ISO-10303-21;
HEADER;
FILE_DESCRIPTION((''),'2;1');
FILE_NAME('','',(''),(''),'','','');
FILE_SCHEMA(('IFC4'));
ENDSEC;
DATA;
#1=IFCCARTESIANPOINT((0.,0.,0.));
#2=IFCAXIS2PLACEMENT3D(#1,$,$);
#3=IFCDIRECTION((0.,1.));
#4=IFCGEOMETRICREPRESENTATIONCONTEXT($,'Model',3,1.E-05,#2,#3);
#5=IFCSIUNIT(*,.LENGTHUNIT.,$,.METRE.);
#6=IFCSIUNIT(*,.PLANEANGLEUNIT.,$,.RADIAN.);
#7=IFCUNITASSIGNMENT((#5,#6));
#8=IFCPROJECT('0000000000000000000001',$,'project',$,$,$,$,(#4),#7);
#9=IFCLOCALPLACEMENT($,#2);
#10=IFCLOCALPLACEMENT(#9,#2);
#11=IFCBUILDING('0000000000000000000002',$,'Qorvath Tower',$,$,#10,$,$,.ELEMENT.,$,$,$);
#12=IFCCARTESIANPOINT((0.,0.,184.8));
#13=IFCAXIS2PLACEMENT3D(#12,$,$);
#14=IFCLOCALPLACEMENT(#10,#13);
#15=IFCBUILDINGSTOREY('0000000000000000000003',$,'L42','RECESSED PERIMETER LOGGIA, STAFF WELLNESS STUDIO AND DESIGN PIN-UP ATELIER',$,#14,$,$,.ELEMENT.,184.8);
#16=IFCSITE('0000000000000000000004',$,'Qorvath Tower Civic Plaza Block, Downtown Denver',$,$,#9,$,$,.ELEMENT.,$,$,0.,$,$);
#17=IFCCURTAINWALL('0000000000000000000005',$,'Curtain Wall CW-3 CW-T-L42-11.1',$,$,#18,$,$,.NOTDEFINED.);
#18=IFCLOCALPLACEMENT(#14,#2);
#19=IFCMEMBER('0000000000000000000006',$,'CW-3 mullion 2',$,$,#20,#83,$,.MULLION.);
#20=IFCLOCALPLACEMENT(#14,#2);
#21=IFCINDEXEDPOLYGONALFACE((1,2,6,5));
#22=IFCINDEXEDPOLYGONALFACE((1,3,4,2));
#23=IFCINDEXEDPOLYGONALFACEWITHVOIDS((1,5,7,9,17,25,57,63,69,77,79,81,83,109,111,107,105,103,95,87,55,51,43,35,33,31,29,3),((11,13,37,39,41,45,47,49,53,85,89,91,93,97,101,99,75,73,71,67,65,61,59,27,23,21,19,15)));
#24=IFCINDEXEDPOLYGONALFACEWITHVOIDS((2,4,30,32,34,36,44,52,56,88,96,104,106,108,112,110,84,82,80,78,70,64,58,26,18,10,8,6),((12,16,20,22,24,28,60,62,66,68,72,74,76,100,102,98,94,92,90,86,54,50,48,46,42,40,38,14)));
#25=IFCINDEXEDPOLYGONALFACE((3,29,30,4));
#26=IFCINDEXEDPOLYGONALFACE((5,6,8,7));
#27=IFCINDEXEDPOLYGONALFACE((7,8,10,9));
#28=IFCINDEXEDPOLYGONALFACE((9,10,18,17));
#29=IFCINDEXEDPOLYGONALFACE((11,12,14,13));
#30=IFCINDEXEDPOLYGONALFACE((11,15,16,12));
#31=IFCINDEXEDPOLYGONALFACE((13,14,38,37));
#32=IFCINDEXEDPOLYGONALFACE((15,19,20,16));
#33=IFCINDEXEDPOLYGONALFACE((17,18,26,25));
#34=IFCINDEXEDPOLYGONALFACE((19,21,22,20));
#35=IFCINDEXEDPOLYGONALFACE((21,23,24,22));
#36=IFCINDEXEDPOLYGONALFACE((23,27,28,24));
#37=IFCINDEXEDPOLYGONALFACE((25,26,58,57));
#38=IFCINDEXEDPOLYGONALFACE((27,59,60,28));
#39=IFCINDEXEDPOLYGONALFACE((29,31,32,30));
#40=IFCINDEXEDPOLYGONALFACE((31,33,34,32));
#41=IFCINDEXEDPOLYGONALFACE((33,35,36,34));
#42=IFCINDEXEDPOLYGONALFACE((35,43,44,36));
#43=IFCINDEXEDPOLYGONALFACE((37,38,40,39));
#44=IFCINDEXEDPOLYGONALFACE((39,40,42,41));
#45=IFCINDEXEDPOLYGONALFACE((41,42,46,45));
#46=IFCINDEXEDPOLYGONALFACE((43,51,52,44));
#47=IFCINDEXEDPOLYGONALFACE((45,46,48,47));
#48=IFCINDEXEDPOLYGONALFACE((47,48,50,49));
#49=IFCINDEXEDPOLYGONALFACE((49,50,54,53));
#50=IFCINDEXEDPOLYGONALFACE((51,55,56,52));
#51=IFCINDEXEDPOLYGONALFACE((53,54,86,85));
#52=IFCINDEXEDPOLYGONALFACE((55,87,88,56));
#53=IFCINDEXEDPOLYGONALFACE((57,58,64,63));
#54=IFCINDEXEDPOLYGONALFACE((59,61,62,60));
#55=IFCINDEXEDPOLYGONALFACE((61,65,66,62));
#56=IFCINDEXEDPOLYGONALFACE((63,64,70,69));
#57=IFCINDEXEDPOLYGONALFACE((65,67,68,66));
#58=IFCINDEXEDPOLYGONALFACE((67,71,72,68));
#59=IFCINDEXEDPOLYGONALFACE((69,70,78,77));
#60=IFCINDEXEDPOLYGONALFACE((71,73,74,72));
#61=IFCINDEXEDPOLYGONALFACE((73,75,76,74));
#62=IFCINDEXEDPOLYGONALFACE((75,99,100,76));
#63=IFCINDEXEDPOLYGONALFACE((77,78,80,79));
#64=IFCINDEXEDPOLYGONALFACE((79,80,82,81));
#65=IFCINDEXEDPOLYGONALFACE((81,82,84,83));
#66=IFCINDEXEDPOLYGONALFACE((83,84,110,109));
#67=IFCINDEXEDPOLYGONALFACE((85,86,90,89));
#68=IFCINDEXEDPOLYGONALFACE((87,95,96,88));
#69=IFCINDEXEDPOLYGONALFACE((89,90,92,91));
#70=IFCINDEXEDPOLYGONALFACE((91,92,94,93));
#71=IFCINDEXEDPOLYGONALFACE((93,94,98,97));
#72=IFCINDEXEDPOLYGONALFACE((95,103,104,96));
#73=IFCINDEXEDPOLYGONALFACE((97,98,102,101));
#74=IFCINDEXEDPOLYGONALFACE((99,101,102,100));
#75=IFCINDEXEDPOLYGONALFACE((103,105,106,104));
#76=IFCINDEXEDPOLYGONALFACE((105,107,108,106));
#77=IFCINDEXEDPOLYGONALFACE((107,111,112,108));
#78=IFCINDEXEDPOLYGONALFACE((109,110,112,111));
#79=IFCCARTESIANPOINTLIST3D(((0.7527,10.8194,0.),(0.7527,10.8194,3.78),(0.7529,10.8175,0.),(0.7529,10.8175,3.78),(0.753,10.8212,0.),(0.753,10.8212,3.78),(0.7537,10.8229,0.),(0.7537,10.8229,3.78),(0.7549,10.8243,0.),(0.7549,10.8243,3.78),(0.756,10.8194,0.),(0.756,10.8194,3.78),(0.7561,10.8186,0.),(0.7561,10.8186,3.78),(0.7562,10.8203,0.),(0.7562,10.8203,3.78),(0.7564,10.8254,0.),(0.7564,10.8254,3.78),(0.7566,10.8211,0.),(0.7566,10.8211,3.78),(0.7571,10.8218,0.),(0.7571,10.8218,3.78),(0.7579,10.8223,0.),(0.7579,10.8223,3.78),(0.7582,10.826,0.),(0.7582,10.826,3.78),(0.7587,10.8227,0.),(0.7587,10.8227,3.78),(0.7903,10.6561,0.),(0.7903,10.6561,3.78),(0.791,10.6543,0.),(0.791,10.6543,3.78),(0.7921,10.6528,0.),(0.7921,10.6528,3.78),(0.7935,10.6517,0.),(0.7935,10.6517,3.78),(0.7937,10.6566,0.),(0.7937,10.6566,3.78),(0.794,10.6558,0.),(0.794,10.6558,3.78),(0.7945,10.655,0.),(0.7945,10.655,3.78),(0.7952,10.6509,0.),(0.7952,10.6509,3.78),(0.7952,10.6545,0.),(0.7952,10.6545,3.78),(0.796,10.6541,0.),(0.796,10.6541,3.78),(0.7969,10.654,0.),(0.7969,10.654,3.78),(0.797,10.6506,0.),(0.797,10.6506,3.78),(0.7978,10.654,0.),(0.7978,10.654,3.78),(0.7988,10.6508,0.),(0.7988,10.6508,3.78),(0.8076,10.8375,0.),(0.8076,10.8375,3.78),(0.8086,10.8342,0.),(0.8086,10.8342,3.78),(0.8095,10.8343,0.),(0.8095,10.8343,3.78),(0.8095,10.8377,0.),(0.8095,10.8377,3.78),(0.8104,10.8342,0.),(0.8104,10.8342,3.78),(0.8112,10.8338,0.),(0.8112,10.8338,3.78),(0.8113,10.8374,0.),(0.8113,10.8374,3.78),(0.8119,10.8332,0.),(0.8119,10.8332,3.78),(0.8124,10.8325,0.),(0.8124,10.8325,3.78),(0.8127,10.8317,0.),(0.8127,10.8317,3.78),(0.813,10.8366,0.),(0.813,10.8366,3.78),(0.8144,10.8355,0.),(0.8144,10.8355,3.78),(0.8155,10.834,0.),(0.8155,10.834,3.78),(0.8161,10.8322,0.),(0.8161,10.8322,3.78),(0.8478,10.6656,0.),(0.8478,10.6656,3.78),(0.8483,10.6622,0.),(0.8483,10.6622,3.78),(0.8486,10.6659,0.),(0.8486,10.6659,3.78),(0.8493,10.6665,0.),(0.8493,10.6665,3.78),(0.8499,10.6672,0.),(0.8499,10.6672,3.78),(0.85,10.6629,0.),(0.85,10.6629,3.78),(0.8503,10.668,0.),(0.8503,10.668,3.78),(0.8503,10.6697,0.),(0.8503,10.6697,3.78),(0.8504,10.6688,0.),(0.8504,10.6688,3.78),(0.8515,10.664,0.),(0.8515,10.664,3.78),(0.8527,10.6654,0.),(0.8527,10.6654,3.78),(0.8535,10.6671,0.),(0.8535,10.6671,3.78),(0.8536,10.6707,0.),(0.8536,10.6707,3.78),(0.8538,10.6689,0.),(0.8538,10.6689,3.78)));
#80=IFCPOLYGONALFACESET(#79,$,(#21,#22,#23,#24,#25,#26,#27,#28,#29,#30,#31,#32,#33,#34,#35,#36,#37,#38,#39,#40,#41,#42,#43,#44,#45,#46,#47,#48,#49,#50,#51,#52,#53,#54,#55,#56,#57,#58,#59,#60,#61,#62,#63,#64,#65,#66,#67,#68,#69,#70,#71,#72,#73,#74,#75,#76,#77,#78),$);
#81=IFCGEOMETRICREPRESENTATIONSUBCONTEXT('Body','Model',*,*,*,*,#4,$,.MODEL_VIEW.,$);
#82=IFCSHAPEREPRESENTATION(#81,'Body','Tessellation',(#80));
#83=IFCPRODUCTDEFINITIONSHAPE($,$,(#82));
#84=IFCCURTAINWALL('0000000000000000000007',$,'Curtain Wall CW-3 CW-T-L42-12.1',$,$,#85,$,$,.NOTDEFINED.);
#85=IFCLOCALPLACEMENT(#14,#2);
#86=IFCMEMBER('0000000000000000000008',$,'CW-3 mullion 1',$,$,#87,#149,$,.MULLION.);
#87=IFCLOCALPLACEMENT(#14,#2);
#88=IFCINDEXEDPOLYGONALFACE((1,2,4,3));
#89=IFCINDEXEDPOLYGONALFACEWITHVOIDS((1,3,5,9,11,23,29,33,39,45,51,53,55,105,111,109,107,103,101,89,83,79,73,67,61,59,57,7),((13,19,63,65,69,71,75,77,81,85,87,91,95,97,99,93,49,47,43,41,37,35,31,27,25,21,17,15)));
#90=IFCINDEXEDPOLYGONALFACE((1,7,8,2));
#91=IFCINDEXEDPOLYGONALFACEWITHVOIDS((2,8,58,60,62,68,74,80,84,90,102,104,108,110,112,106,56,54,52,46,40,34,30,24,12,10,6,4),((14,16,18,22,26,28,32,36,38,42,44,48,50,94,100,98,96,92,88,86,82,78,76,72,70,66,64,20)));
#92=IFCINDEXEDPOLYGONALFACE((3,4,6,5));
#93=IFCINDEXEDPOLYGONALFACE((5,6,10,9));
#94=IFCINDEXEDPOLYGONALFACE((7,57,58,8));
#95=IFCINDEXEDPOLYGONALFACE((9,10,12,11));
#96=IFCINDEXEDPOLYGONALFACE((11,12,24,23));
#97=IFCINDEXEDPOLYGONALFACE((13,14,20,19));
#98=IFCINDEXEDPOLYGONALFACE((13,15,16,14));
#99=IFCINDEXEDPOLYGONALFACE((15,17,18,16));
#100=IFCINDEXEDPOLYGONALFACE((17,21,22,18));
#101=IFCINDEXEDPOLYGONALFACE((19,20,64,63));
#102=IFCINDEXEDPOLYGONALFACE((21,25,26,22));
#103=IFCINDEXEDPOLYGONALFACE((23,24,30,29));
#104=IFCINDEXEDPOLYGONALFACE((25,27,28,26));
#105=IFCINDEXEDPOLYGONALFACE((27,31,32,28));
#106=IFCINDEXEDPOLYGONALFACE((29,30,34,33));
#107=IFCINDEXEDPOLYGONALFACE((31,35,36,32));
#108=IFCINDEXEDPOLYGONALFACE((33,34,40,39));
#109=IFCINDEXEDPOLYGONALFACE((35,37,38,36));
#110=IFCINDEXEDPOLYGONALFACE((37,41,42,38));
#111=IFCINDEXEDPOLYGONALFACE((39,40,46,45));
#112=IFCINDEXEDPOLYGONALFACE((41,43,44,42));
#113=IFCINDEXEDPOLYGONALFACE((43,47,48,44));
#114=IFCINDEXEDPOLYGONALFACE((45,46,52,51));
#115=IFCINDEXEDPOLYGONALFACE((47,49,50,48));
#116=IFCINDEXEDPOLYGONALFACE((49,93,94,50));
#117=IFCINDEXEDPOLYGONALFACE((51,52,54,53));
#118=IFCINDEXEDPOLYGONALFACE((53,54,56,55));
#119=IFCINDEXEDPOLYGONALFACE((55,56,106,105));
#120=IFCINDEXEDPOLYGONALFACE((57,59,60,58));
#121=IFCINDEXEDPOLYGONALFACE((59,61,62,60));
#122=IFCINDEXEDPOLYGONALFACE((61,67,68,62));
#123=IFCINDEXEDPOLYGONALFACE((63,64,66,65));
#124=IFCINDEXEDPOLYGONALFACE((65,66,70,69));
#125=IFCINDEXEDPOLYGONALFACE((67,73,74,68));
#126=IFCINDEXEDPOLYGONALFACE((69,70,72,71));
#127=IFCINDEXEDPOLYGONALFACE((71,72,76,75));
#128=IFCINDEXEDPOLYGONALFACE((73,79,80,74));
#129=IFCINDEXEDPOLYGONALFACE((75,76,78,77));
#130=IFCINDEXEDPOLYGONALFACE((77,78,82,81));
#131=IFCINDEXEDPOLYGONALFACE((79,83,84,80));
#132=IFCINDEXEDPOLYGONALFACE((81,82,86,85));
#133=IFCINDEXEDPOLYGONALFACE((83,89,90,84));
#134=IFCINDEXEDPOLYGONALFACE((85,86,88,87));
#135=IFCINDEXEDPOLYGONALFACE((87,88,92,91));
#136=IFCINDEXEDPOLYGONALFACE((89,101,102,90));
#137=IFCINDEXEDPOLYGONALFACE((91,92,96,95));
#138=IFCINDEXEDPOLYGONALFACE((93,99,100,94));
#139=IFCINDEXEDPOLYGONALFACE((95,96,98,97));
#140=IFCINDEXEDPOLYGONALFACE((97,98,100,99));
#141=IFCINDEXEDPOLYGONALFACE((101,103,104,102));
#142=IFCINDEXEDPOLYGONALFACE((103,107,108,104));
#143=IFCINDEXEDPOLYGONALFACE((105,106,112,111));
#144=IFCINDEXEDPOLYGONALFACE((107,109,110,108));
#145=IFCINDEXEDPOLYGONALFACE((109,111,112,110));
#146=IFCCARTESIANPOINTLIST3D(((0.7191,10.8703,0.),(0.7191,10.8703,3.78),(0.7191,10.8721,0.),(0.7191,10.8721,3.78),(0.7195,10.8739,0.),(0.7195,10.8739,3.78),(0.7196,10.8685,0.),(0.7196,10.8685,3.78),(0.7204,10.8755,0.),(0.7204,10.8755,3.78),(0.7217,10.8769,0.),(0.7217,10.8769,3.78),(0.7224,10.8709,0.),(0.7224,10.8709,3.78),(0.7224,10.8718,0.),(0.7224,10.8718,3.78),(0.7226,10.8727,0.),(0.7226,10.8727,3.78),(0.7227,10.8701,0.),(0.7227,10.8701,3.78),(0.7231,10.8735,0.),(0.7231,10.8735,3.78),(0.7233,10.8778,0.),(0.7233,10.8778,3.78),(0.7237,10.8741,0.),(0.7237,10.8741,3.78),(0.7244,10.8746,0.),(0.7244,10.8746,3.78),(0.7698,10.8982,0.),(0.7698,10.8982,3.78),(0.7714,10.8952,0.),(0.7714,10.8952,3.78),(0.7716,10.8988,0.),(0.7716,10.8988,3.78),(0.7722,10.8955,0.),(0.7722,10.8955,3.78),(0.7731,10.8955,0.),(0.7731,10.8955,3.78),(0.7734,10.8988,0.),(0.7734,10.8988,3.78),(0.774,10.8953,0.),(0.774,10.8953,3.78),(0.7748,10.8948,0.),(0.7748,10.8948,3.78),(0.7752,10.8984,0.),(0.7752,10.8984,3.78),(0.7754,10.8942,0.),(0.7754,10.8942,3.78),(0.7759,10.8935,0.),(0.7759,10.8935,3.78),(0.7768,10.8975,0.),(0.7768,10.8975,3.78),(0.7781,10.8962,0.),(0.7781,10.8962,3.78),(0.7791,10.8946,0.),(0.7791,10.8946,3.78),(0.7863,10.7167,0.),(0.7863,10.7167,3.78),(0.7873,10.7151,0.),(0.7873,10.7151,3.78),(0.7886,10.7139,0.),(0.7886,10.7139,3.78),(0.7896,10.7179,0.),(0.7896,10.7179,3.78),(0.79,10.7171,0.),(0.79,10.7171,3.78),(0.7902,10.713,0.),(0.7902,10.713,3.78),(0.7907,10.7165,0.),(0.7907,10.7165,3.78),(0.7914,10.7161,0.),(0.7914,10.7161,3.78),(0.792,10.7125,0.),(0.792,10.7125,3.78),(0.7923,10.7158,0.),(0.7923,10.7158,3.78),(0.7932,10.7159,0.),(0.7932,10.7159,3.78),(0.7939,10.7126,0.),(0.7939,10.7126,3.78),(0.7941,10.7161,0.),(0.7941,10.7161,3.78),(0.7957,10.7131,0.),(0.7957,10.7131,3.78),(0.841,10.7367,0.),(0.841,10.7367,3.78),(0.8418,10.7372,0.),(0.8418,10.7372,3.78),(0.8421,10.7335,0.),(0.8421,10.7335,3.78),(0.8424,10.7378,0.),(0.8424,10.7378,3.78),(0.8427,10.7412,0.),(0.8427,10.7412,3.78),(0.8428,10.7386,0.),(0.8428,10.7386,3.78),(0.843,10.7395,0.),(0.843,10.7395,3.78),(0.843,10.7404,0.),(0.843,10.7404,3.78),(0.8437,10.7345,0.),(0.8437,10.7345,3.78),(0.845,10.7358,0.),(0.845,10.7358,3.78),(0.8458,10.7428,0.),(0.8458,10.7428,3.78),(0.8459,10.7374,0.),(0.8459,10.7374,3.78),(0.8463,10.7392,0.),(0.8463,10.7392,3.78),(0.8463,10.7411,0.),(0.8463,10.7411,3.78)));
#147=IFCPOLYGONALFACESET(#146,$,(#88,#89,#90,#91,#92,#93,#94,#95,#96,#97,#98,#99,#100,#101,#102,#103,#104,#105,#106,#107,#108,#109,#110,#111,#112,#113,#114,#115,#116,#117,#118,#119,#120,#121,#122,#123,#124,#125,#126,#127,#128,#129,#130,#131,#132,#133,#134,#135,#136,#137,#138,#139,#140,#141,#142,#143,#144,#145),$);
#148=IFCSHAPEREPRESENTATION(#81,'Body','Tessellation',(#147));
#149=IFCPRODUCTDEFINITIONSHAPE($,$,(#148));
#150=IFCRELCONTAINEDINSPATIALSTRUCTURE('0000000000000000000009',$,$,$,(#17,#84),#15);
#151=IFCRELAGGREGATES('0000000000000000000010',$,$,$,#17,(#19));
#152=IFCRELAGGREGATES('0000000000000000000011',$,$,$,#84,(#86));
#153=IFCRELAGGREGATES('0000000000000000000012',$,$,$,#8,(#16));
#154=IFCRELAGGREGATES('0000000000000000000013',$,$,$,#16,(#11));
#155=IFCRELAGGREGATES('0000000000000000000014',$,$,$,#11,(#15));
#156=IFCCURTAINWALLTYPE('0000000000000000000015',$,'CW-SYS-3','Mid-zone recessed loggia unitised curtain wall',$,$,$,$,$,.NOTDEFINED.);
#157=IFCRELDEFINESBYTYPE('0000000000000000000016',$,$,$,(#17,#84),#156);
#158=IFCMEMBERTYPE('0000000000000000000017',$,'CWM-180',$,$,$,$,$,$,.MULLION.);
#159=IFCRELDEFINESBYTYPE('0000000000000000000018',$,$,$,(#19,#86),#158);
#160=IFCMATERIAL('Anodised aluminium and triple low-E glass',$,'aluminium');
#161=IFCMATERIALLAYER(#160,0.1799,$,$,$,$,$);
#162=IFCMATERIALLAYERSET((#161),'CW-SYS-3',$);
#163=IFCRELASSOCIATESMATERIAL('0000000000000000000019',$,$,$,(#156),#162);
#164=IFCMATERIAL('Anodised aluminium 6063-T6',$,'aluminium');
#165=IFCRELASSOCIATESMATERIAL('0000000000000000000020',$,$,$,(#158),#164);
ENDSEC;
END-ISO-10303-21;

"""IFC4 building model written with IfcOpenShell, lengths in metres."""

from ifc_helpers import new_model, si_unit, direction, frame, origin, origin_2d, place, context, subcontext, project, spatial, hollow_rectangle, extrude, material, layer, layer_set, material_profile, profile_set, type_object, element, aggregate, save


model = new_model("IFC4")

# Units and contexts
model_context = context("Model", 3, precision=1e-05, world=origin(), true_north=direction((0.0, 1.0)))
body_context = subcontext(model_context, "Body", "Model", "MODEL_VIEW")
ifc_project = project(units=[si_unit("LENGTHUNIT", "METRE"), si_unit("PLANEANGLEUNIT", "RADIAN")], contexts=[model_context])

# Site, building, storey
site_placement = place(None, origin())
site = spatial("IfcSite", under=ifc_project, at=site_placement, Name="Qorvath Tower Civic Plaza Block, Downtown Denver", CompositionType="ELEMENT", RefElevation=0.0)
building_placement = place(site_placement, origin())
building = spatial("IfcBuilding", under=site, at=building_placement, Name="Qorvath Tower", CompositionType="ELEMENT")
storey_placement = place(building_placement, frame((0.0, 0.0, 184.8)))
storey = spatial("IfcBuildingStorey", under=building, at=storey_placement, Name="L42", Description="RECESSED PERIMETER LOGGIA, STAFF WELLNESS STUDIO AND DESIGN PIN-UP ATELIER", CompositionType="ELEMENT", Elevation=184.8)

# Shared definitions
ifc_material_1 = material(Name="Anodised aluminium and triple low-E glass", Category="aluminium")
ifc_layer_1 = layer(ifc_material_1, 0.1799)
ifc_layer_set_1 = layer_set([ifc_layer_1], Name="CW-SYS-3")
curtain_wall_type = type_object("IfcCurtainWallType", Name="CW-SYS-3", Description="Mid-zone recessed loggia unitised curtain wall", PredefinedType="NOTDEFINED", material=ifc_layer_set_1)
ifc_material_2 = material(Name="Anodised aluminium 6063-T6", Category="aluminium")
ifc_material_profile_1 = material_profile(ifc_material_2, hollow_rectangle(XDim=0.0649, YDim=0.1799, WallThickness=0.0034, InnerFilletRadius=0.0034, OuterFilletRadius=0.0071, at=origin_2d()), Name="CWM 180x65")
ifc_profile_set_1 = profile_set([ifc_material_profile_1], Name="Anodised aluminium 6063-T6")
member_type_1 = type_object("IfcMemberType", Name="CWM-180", PredefinedType="MULLION", material=ifc_profile_set_1)

# Curtain wall, member
curtain_wall_1_placement = place(storey_placement, origin())
curtain_wall_1 = element("IfcCurtainWall", 1, at=curtain_wall_1_placement, inside=storey, type_object=curtain_wall_type, Name="Curtain Wall CW-3 CW-T-L42-11.1", PredefinedType="NOTDEFINED")
member_1_placement = place(storey_placement, frame((0.8032, 10.7441, 0.0), z_axis=(0.0, 0.0, 1.0), x_axis=(-0.974111, -0.226069, 0.0)))
member_1 = element("IfcMember", 2, at=member_1_placement, type_object=member_type_1, Name="CW-3 mullion 2", PredefinedType="MULLION", context=body_context, shape_type="SweptSolid", body=[
    extrude(hollow_rectangle(XDim=0.0649, YDim=0.1799, WallThickness=0.0034, InnerFilletRadius=0.0034, OuterFilletRadius=0.0071, at=origin_2d()), origin(), (0.0, 0.0, 1.0), 3.78),
])

# Curtain wall, member
curtain_wall_2_placement = place(storey_placement, origin())
curtain_wall_2 = element("IfcCurtainWall", 3, at=curtain_wall_2_placement, inside=storey, type_object=curtain_wall_type, Name="Curtain Wall CW-3 CW-T-L42-12.1", PredefinedType="NOTDEFINED")
member_2_placement = place(storey_placement, frame((0.7827, 10.8057, 0.0), z_axis=(0.0, 0.0, 1.0), x_axis=(-0.915549, -0.402206, 0.0)))
member_2 = element("IfcMember", 4, at=member_2_placement, type_object=member_type_1, Name="CW-3 mullion 1", PredefinedType="MULLION", context=body_context, shape_type="SweptSolid", body=[
    extrude(hollow_rectangle(XDim=0.0649, YDim=0.1799, WallThickness=0.0034, InnerFilletRadius=0.0034, OuterFilletRadius=0.0071, at=origin_2d()), origin(), (0.0, 0.0, 1.0), 3.78),
])

aggregate(curtain_wall_1, [member_1])
aggregate(curtain_wall_2, [member_2])

save(model, "model.ifc")
